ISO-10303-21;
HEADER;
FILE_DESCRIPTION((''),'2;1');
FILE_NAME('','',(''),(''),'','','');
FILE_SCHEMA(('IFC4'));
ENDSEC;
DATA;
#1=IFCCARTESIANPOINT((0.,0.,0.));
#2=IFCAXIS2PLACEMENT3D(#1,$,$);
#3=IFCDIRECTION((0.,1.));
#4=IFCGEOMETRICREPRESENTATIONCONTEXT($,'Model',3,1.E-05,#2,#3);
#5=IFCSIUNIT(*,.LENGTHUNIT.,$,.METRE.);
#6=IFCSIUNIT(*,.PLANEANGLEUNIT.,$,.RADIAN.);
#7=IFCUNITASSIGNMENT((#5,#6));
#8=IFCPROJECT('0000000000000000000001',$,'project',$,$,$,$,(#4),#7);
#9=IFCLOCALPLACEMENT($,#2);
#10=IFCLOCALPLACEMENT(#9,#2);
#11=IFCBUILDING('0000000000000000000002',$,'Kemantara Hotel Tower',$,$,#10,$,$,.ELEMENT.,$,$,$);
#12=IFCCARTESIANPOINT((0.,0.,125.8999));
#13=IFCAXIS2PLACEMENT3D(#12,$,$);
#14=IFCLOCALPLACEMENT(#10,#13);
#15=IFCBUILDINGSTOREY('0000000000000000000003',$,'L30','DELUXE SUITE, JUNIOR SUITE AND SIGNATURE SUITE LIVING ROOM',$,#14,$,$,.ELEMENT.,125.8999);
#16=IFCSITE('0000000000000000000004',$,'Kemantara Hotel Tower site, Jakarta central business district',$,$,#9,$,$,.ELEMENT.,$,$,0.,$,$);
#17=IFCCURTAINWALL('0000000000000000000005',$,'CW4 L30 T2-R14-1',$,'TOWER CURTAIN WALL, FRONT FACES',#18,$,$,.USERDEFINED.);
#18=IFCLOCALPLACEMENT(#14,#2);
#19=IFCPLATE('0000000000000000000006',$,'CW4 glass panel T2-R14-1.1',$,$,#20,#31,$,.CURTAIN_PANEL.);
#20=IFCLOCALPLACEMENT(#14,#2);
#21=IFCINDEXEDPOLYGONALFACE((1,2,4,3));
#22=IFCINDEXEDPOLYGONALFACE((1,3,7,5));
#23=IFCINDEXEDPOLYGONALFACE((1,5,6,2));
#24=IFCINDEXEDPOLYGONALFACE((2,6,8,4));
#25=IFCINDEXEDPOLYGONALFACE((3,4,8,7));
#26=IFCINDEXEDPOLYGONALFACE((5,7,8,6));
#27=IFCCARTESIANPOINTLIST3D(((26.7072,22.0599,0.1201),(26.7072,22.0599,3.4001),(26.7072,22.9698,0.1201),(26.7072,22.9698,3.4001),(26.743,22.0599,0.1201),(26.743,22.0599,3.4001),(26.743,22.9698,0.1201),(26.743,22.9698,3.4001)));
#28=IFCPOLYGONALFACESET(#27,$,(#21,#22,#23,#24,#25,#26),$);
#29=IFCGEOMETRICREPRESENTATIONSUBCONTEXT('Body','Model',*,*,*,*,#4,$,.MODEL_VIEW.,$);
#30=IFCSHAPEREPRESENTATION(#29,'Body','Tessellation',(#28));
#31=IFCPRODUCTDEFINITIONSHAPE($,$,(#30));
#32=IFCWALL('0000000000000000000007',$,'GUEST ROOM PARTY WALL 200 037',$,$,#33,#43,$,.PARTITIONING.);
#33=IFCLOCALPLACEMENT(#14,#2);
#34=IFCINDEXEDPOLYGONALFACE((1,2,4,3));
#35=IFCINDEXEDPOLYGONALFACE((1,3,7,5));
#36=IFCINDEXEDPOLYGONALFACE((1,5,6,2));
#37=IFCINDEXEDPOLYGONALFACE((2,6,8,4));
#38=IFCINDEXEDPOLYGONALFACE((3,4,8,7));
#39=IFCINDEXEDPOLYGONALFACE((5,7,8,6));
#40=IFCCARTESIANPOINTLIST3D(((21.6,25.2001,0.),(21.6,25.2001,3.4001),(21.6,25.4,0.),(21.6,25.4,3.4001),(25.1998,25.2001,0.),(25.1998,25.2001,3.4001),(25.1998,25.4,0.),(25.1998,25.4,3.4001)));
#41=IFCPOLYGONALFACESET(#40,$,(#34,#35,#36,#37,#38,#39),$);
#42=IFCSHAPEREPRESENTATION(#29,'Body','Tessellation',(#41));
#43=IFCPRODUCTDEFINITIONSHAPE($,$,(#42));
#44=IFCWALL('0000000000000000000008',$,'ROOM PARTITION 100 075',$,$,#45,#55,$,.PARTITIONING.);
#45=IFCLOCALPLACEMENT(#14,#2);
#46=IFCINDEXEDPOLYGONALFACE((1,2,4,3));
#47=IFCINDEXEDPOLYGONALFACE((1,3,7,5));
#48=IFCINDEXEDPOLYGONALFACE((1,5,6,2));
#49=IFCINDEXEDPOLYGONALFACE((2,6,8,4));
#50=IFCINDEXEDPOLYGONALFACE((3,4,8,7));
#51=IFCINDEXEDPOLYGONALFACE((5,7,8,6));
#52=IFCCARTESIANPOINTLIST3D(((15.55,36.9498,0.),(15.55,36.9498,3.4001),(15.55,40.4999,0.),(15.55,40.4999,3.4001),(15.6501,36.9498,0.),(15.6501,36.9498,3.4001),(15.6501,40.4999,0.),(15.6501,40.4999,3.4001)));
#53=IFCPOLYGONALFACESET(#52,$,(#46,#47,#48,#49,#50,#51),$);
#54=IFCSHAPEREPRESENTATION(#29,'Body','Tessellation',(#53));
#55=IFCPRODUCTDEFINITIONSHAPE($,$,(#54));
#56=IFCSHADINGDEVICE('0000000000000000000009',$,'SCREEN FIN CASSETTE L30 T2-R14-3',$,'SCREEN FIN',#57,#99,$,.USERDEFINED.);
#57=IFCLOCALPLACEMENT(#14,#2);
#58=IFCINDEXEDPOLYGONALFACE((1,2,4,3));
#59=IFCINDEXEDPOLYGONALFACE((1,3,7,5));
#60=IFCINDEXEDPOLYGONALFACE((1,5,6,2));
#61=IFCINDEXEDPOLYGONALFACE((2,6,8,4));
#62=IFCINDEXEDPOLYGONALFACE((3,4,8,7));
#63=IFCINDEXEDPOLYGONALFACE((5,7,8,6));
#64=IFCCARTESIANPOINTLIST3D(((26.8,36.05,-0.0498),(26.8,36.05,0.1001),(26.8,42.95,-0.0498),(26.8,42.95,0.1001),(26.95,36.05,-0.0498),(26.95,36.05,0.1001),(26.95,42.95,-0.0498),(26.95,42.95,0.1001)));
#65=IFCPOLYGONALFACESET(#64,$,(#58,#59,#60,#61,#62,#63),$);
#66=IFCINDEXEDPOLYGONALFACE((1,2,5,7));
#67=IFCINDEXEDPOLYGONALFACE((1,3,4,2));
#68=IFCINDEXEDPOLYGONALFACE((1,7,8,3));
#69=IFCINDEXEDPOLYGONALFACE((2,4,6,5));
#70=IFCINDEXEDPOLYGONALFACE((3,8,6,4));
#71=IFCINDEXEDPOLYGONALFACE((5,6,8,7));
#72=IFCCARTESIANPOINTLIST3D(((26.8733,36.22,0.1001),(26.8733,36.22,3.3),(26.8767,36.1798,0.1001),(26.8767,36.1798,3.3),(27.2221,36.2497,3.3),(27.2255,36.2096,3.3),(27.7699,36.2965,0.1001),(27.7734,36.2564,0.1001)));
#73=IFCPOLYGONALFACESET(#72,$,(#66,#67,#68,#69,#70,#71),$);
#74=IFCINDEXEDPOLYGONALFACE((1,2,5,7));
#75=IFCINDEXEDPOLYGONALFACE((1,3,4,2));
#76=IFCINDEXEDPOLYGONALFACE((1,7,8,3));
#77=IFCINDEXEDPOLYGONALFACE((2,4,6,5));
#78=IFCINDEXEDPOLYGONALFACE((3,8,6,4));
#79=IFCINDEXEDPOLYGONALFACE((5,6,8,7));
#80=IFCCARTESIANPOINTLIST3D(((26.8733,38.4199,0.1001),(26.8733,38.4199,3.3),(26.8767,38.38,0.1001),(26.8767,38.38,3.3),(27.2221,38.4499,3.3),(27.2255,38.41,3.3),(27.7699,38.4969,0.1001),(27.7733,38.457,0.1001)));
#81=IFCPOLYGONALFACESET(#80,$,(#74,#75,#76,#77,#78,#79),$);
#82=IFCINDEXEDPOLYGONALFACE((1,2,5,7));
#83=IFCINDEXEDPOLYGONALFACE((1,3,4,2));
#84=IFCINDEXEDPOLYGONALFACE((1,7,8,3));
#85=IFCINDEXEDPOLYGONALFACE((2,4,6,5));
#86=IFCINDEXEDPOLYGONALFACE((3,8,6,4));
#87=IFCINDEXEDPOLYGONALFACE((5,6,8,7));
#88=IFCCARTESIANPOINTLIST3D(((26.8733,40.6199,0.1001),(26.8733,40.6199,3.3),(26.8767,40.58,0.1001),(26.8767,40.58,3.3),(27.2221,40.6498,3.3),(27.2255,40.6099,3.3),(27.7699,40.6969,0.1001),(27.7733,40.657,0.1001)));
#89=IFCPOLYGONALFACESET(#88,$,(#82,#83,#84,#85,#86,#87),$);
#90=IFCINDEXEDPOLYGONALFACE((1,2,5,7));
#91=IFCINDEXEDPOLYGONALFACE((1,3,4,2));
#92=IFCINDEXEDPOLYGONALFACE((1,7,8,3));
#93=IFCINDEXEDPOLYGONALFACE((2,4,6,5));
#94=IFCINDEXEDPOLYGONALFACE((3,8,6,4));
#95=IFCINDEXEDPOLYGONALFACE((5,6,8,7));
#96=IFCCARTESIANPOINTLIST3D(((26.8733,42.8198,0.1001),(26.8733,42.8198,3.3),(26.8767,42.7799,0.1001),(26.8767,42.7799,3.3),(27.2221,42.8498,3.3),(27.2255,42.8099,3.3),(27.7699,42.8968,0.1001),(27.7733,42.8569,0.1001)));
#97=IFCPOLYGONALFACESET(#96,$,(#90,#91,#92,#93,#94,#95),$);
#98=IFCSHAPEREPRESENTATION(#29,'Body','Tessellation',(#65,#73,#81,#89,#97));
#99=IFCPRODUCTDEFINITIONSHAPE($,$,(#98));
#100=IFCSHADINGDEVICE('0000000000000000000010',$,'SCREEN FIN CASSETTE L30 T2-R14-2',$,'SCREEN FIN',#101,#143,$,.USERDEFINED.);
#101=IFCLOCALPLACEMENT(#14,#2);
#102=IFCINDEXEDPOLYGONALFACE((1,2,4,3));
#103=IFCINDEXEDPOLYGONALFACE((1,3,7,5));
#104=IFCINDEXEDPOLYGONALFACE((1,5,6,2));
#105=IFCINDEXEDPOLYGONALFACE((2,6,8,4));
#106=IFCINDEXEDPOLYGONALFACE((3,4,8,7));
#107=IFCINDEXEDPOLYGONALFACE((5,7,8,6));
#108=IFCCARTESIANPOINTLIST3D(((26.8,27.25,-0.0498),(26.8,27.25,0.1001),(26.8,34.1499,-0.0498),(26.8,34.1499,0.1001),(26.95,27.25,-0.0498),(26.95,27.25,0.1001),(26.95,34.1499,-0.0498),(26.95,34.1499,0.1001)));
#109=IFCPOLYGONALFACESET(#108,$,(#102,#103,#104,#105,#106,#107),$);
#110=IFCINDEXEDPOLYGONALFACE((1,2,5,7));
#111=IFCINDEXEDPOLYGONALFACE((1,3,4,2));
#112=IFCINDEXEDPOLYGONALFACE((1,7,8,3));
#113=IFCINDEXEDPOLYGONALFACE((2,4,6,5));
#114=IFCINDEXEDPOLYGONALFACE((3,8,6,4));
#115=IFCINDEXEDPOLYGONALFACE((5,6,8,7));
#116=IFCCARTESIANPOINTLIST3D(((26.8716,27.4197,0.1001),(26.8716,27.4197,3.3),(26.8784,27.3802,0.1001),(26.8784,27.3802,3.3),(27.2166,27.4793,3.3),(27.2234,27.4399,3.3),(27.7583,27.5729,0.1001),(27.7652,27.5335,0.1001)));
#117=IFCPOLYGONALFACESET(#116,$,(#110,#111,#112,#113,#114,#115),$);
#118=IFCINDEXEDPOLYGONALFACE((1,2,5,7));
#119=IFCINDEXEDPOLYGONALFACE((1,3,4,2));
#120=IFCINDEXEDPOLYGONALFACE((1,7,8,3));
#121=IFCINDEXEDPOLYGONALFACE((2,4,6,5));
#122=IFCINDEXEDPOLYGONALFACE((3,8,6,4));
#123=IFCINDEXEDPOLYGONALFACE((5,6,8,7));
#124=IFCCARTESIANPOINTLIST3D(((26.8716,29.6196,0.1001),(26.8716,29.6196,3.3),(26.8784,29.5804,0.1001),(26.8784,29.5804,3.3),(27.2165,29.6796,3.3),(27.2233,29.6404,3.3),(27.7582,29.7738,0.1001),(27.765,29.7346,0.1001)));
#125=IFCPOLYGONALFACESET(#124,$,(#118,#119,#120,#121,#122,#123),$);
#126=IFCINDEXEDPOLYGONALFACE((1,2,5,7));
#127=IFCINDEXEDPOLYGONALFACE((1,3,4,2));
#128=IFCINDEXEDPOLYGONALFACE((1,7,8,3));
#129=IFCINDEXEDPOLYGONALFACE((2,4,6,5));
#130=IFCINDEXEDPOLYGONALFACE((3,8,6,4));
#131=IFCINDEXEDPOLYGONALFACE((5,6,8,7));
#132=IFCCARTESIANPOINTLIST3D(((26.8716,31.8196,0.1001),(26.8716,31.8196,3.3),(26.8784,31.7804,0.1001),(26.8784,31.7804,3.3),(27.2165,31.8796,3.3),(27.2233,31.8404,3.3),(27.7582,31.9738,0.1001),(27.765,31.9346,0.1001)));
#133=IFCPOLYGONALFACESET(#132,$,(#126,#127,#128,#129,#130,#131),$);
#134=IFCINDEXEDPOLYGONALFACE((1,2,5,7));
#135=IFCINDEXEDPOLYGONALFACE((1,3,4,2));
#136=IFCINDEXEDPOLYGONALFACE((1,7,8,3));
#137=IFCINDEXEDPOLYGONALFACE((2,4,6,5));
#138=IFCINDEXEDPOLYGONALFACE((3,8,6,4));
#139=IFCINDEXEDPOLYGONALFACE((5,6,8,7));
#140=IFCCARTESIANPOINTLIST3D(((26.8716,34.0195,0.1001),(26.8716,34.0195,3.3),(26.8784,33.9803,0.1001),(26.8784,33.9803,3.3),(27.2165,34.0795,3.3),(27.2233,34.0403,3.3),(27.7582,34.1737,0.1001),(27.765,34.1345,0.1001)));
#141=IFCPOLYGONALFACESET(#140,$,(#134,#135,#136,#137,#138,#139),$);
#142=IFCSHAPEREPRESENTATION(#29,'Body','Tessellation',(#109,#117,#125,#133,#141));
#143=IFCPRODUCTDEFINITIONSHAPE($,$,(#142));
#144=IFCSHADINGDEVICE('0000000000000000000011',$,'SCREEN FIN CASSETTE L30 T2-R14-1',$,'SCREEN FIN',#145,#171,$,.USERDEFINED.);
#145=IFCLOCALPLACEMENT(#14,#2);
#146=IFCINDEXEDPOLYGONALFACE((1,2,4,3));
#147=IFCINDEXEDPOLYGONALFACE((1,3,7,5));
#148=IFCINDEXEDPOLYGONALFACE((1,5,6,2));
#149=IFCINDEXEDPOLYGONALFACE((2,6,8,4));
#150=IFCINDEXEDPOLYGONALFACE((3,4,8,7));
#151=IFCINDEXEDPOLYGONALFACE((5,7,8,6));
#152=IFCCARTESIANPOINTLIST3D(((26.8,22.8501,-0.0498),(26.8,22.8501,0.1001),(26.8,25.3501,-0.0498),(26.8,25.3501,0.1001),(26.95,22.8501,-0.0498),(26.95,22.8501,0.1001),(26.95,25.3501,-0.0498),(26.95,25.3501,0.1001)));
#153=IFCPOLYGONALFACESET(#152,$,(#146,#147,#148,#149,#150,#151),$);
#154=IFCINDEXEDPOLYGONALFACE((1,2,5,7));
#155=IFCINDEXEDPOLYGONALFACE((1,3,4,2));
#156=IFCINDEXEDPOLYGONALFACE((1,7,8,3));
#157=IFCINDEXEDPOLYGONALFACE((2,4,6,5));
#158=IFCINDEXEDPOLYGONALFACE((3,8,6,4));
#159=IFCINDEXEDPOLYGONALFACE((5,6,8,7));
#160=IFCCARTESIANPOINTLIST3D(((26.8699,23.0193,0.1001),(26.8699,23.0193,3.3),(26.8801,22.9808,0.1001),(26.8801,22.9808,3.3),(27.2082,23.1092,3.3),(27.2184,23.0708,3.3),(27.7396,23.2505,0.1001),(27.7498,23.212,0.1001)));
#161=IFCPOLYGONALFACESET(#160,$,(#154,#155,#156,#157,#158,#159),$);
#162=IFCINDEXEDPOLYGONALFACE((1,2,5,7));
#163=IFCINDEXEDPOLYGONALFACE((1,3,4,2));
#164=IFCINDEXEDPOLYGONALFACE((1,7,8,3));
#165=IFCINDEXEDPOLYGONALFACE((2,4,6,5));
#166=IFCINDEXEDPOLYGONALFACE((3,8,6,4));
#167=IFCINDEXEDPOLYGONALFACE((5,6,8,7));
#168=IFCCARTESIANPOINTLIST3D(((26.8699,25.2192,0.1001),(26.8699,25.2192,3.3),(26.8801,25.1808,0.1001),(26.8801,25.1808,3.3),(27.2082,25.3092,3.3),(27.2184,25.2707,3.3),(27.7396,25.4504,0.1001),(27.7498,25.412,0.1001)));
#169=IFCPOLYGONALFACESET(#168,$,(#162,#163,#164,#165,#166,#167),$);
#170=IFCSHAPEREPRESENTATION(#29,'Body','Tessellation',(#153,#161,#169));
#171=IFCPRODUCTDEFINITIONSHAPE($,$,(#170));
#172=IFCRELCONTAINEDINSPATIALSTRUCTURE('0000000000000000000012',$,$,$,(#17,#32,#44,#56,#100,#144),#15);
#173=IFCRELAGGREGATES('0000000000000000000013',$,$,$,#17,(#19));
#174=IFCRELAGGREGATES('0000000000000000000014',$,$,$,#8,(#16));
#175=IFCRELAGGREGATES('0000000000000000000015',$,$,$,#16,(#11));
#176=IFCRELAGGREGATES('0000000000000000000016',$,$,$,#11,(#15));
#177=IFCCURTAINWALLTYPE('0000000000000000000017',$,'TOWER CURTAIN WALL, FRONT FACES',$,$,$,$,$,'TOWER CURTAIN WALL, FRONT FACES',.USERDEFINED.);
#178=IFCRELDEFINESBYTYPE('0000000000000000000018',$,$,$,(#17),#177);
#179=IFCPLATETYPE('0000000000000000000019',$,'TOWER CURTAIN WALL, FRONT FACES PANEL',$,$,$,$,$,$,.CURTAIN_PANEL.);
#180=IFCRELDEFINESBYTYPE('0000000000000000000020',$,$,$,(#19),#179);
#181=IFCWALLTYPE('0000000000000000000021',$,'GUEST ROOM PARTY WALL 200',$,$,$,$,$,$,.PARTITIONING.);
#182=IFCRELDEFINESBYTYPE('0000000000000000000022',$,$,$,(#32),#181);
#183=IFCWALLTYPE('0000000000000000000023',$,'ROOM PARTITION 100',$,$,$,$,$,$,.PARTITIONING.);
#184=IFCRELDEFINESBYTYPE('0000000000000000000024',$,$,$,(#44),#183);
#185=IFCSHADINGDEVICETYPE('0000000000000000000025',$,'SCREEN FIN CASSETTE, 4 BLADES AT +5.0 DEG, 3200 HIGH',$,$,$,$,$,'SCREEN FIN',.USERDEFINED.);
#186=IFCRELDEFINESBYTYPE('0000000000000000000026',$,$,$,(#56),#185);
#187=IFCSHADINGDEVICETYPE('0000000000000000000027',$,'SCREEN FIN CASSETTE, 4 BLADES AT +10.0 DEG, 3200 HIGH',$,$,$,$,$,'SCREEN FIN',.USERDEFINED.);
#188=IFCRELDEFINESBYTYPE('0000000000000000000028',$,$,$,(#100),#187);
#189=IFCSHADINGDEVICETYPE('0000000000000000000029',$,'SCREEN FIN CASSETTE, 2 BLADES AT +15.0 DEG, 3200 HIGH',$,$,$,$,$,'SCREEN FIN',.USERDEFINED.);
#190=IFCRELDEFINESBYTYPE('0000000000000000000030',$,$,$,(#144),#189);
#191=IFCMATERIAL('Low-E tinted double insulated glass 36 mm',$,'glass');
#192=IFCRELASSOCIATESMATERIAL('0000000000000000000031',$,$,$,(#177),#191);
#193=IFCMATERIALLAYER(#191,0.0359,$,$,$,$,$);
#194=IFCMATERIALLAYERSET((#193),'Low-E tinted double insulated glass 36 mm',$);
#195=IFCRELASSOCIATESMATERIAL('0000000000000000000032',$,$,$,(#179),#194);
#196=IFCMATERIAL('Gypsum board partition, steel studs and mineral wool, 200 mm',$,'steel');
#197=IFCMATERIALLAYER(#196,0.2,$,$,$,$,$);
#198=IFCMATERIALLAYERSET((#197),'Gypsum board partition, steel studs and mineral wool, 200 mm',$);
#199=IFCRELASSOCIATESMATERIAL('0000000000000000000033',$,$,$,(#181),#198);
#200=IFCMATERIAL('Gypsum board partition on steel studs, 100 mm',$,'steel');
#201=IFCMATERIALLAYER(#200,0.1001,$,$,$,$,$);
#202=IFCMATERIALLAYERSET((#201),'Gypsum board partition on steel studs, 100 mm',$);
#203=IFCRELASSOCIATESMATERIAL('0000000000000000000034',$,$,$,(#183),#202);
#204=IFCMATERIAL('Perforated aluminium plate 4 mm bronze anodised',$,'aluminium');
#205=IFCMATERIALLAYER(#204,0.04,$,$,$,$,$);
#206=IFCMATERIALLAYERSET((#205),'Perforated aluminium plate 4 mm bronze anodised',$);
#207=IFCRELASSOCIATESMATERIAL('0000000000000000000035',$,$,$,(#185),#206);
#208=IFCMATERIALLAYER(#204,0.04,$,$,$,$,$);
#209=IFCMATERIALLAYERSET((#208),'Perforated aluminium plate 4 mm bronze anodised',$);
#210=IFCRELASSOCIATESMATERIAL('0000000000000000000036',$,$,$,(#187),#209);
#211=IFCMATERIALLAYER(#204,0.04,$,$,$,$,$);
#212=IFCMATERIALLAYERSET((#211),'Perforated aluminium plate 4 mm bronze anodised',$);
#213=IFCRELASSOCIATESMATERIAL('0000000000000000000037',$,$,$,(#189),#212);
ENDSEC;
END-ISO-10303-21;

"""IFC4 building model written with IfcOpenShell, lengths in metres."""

from ifc_helpers import new_model, si_unit, direction, frame, frame_2d, origin, origin_2d, place, context, subcontext, project, spatial, polyline, rectangle, outline, extrude, source, transform, mapped, material, layer, layer_set, type_object, element, aggregate, save


model = new_model("IFC4")

# Units and contexts
model_context = context("Model", 3, precision=1e-05, world=origin(), true_north=direction((0.0, 1.0)))
body_context = subcontext(model_context, "Body", "Model", "MODEL_VIEW")
ifc_project = project(units=[si_unit("LENGTHUNIT", "METRE"), si_unit("PLANEANGLEUNIT", "RADIAN")], contexts=[model_context])

# Site, building, storey
site_placement = place(None, origin())
site = spatial("IfcSite", under=ifc_project, at=site_placement, Name="Kemantara Hotel Tower site, Jakarta central business district", CompositionType="ELEMENT", RefElevation=0.0)
building_placement = place(site_placement, origin())
building = spatial("IfcBuilding", under=site, at=building_placement, Name="Kemantara Hotel Tower", CompositionType="ELEMENT")
storey_placement = place(building_placement, frame((0.0, 0.0, 125.8999)))
storey = spatial("IfcBuildingStorey", under=building, at=storey_placement, Name="L30", Description="DELUXE SUITE, JUNIOR SUITE AND SIGNATURE SUITE LIVING ROOM", CompositionType="ELEMENT", Elevation=125.8999)

# Curtain wall, plate
ifc_material_1 = material(Name="Low-E tinted double insulated glass 36 mm", Category="glass")
curtain_wall_type = type_object("IfcCurtainWallType", Name="TOWER CURTAIN WALL, FRONT FACES", ElementType="TOWER CURTAIN WALL, FRONT FACES", PredefinedType="USERDEFINED", material=ifc_material_1)
curtain_wall_placement = place(storey_placement, origin())
curtain_wall = element("IfcCurtainWall", 1, at=curtain_wall_placement, inside=storey, type_object=curtain_wall_type, Name="CW4 L30 T2-R14-1", ObjectType="TOWER CURTAIN WALL, FRONT FACES", PredefinedType="USERDEFINED")
ifc_layer_1 = layer(ifc_material_1, 0.0359)
ifc_layer_set_1 = layer_set([ifc_layer_1], Name="Low-E tinted double insulated glass 36 mm")
plate_type = type_object("IfcPlateType", Name="TOWER CURTAIN WALL, FRONT FACES PANEL", PredefinedType="CURTAIN_PANEL", material=ifc_layer_set_1)
shared_shape_1 = source(origin(), body_context, "Body", "SweptSolid", [
    extrude(rectangle(XDim=0.9099, YDim=0.0359, at=origin_2d()), origin(), (0.0, 0.0, 1.0), 3.28),
])
plate_1_placement = place(storey_placement, frame((26.7251, 22.5149, 0.1201), z_axis=(0.0, 0.0, 1.0), x_axis=(0.0, 1.0, 0.0)))
plate_1 = element("IfcPlate", 2, at=plate_1_placement, type_object=plate_type, Name="CW4 glass panel T2-R14-1.1", PredefinedType="CURTAIN_PANEL", context=body_context, shape_type="MappedRepresentation", body=[
    mapped(shared_shape_1, transform((0.0, 0.0, 0.0))),
])
aggregate(curtain_wall, [plate_1])

# Walls
ifc_material_2 = material(Name="Gypsum board partition, steel studs and mineral wool, 200 mm", Category="steel")
ifc_layer_2 = layer(ifc_material_2, 0.2)
ifc_layer_set_2 = layer_set([ifc_layer_2], Name="Gypsum board partition, steel studs and mineral wool, 200 mm")
wall_type_1 = type_object("IfcWallType", Name="GUEST ROOM PARTY WALL 200", PredefinedType="PARTITIONING", material=ifc_layer_set_2)
wall_1_placement = place(storey_placement, frame((21.6001, 25.3, 0.0), z_axis=(0.0, 0.0, 1.0), x_axis=(1.0, 0.0, 0.0)))
element("IfcWall", 3, at=wall_1_placement, inside=storey, type_object=wall_type_1, Name="GUEST ROOM PARTY WALL 200 037", PredefinedType="PARTITIONING", context=body_context, shape_type="SweptSolid", body=[
    extrude(rectangle(XDim=3.5999, YDim=0.2, at=frame_2d((1.7998, 0.0))), origin(), (0.0, 0.0, 1.0), 3.4001),
])
ifc_material_3 = material(Name="Gypsum board partition on steel studs, 100 mm", Category="steel")
ifc_layer_3 = layer(ifc_material_3, 0.1001)
ifc_layer_set_3 = layer_set([ifc_layer_3], Name="Gypsum board partition on steel studs, 100 mm")
wall_type_2 = type_object("IfcWallType", Name="ROOM PARTITION 100", PredefinedType="PARTITIONING", material=ifc_layer_set_3)
wall_2_placement = place(storey_placement, frame((15.6001, 36.95, 0.0), z_axis=(0.0, 0.0, 1.0), x_axis=(0.0, 1.0, 0.0)))
element("IfcWall", 4, at=wall_2_placement, inside=storey, type_object=wall_type_2, Name="ROOM PARTITION 100 075", PredefinedType="PARTITIONING", context=body_context, shape_type="SweptSolid", body=[
    extrude(rectangle(XDim=3.55, YDim=0.1001, at=frame_2d((1.7749, 0.0))), origin(), (0.0, 0.0, 1.0), 3.4001),
])

# Shading devices
ifc_material_4 = material(Name="Perforated aluminium plate 4 mm bronze anodised", Category="aluminium")
ifc_layer_4 = layer(ifc_material_4, 0.04)
ifc_layer_set_4 = layer_set([ifc_layer_4], Name="Perforated aluminium plate 4 mm bronze anodised")
shading_device_type_1 = type_object("IfcShadingDeviceType", Name="SCREEN FIN CASSETTE, 4 BLADES AT +5.0 DEG, 3200 HIGH", ElementType="SCREEN FIN", PredefinedType="USERDEFINED", material=ifc_layer_set_4)
shared_shape_2 = source(origin(), body_context, "Body", "SweptSolid", [
    extrude(rectangle(XDim=6.8999, YDim=0.1499, at=origin_2d()), frame((3.3, -0.075, -0.1499), z_axis=(0.0, 0.0, 1.0), x_axis=(1.0, 0.0, 0.0)), (0.0, 0.0, 1.0), 0.1499),
    extrude(outline(polyline([(0.0, 0.0), (0.8999, 0.0), (0.3501, 3.2), (0.0, 3.2), (0.0, 0.0)])), frame((0.02, -0.0732, 0.0), z_axis=(-0.996376, -0.085056, 0.0), x_axis=(0.085056, -0.996376, 0.0)), (0.0, 0.0, 1.0), 0.0403),
    extrude(outline(polyline([(0.0, 0.0), (0.8999, 0.0), (0.3501, 3.2), (0.0, 3.2), (0.0, 0.0)])), frame((2.22, -0.0732, 0.0), z_axis=(-0.996332, -0.085575, 0.0), x_axis=(0.085575, -0.996332, 0.0)), (0.0, 0.0, 1.0), 0.04),
    extrude(outline(polyline([(0.0, 0.0), (0.8999, 0.0), (0.3501, 3.2), (0.0, 3.2), (0.0, 0.0)])), frame((4.4199, -0.0732, 0.0), z_axis=(-0.996332, -0.085575, 0.0), x_axis=(0.085575, -0.996332, 0.0)), (0.0, 0.0, 1.0), 0.04),
    extrude(outline(polyline([(0.0, 0.0), (0.8999, 0.0), (0.3501, 3.2), (0.0, 3.2), (0.0, 0.0)])), frame((6.6199, -0.0732, 0.0), z_axis=(-0.996332, -0.085575, 0.0), x_axis=(0.085575, -0.996332, 0.0)), (0.0, 0.0, 1.0), 0.04),
])
shading_device_1_placement = place(storey_placement, frame((26.8, 36.2, 0.1001), z_axis=(0.0, 0.0, 1.0), x_axis=(0.0, 1.0, 0.0)))
element("IfcShadingDevice", 5, at=shading_device_1_placement, inside=storey, type_object=shading_device_type_1, Name="SCREEN FIN CASSETTE L30 T2-R14-3", ObjectType="SCREEN FIN", PredefinedType="USERDEFINED", context=body_context, shape_type="MappedRepresentation", body=[
    mapped(shared_shape_2, transform((0.0, 0.0, 0.0))),
])
ifc_layer_5 = layer(ifc_material_4, 0.04)
ifc_layer_set_5 = layer_set([ifc_layer_5], Name="Perforated aluminium plate 4 mm bronze anodised")
shading_device_type_2 = type_object("IfcShadingDeviceType", Name="SCREEN FIN CASSETTE, 4 BLADES AT +10.0 DEG, 3200 HIGH", ElementType="SCREEN FIN", PredefinedType="USERDEFINED", material=ifc_layer_set_5)
shared_shape_3 = source(origin(), body_context, "Body", "SweptSolid", [
    extrude(rectangle(XDim=6.8999, YDim=0.1499, at=origin_2d()), frame((3.3, -0.075, -0.1499), z_axis=(0.0, 0.0, 1.0), x_axis=(1.0, 0.0, 0.0)), (0.0, 0.0, 1.0), 0.1499),
    extrude(outline(polyline([(0.0, 0.0), (0.8999, 0.0), (0.3501, 3.2), (0.0, 3.2), (0.0, 0.0)])), frame((0.0198, -0.0715, 0.0), z_axis=(-0.98539, -0.170314, 0.0), x_axis=(0.170314, -0.98539, 0.0)), (0.0, 0.0, 1.0), 0.04),
    extrude(outline(polyline([(0.0, 0.0), (0.8999, 0.0), (0.3501, 3.2), (0.0, 3.2), (0.0, 0.0)])), frame((2.2197, -0.0715, 0.0), z_axis=(-0.985212, -0.171341, 0.0), x_axis=(0.171341, -0.985212, 0.0)), (0.0, 0.0, 1.0), 0.0398),
    extrude(outline(polyline([(0.0, 0.0), (0.8999, 0.0), (0.3501, 3.2), (0.0, 3.2), (0.0, 0.0)])), frame((4.4197, -0.0715, 0.0), z_axis=(-0.985212, -0.171341, 0.0), x_axis=(0.171341, -0.985212, 0.0)), (0.0, 0.0, 1.0), 0.0398),
    extrude(outline(polyline([(0.0, 0.0), (0.8999, 0.0), (0.3501, 3.2), (0.0, 3.2), (0.0, 0.0)])), frame((6.6196, -0.0715, 0.0), z_axis=(-0.985212, -0.171341, 0.0), x_axis=(0.171341, -0.985212, 0.0)), (0.0, 0.0, 1.0), 0.0398),
])
shading_device_2_placement = place(storey_placement, frame((26.8, 27.3999, 0.1001), z_axis=(0.0, 0.0, 1.0), x_axis=(0.0, 1.0, 0.0)))
element("IfcShadingDevice", 6, at=shading_device_2_placement, inside=storey, type_object=shading_device_type_2, Name="SCREEN FIN CASSETTE L30 T2-R14-2", ObjectType="SCREEN FIN", PredefinedType="USERDEFINED", context=body_context, shape_type="MappedRepresentation", body=[
    mapped(shared_shape_3, transform((0.0, 0.0, 0.0))),
])
ifc_layer_6 = layer(ifc_material_4, 0.04)
ifc_layer_set_6 = layer_set([ifc_layer_6], Name="Perforated aluminium plate 4 mm bronze anodised")
shading_device_type_3 = type_object("IfcShadingDeviceType", Name="SCREEN FIN CASSETTE, 2 BLADES AT +15.0 DEG, 3200 HIGH", ElementType="SCREEN FIN", PredefinedType="USERDEFINED", material=ifc_layer_set_6)
shared_shape_4 = source(origin(), body_context, "Body", "SweptSolid", [
    extrude(rectangle(XDim=2.5, YDim=0.1499, at=origin_2d()), frame((1.1001, -0.075, -0.1499), z_axis=(0.0, 0.0, 1.0), x_axis=(1.0, 0.0, 0.0)), (0.0, 0.0, 1.0), 0.1499),
    extrude(outline(polyline([(0.0, 0.0), (0.8999, 0.0), (0.3501, 3.2), (0.0, 3.2), (0.0, 0.0)])), frame((0.0193, -0.0698, 0.0), z_axis=(-0.966438, -0.256901, 0.0), x_axis=(0.256901, -0.966438, 0.0)), (0.0, 0.0, 1.0), 0.0398),
    extrude(outline(polyline([(0.0, 0.0), (0.8999, 0.0), (0.3501, 3.2), (0.0, 3.2), (0.0, 0.0)])), frame((2.2192, -0.0698, 0.0), z_axis=(-0.966438, -0.256901, 0.0), x_axis=(0.256901, -0.966438, 0.0)), (0.0, 0.0, 1.0), 0.0398),
])
shading_device_3_placement = place(storey_placement, frame((26.8, 23.0, 0.1001), z_axis=(0.0, 0.0, 1.0), x_axis=(0.0, 1.0, 0.0)))
element("IfcShadingDevice", 7, at=shading_device_3_placement, inside=storey, type_object=shading_device_type_3, Name="SCREEN FIN CASSETTE L30 T2-R14-1", ObjectType="SCREEN FIN", PredefinedType="USERDEFINED", context=body_context, shape_type="MappedRepresentation", body=[
    mapped(shared_shape_4, transform((0.0, 0.0, 0.0))),
])

save(model, "model.ifc")
